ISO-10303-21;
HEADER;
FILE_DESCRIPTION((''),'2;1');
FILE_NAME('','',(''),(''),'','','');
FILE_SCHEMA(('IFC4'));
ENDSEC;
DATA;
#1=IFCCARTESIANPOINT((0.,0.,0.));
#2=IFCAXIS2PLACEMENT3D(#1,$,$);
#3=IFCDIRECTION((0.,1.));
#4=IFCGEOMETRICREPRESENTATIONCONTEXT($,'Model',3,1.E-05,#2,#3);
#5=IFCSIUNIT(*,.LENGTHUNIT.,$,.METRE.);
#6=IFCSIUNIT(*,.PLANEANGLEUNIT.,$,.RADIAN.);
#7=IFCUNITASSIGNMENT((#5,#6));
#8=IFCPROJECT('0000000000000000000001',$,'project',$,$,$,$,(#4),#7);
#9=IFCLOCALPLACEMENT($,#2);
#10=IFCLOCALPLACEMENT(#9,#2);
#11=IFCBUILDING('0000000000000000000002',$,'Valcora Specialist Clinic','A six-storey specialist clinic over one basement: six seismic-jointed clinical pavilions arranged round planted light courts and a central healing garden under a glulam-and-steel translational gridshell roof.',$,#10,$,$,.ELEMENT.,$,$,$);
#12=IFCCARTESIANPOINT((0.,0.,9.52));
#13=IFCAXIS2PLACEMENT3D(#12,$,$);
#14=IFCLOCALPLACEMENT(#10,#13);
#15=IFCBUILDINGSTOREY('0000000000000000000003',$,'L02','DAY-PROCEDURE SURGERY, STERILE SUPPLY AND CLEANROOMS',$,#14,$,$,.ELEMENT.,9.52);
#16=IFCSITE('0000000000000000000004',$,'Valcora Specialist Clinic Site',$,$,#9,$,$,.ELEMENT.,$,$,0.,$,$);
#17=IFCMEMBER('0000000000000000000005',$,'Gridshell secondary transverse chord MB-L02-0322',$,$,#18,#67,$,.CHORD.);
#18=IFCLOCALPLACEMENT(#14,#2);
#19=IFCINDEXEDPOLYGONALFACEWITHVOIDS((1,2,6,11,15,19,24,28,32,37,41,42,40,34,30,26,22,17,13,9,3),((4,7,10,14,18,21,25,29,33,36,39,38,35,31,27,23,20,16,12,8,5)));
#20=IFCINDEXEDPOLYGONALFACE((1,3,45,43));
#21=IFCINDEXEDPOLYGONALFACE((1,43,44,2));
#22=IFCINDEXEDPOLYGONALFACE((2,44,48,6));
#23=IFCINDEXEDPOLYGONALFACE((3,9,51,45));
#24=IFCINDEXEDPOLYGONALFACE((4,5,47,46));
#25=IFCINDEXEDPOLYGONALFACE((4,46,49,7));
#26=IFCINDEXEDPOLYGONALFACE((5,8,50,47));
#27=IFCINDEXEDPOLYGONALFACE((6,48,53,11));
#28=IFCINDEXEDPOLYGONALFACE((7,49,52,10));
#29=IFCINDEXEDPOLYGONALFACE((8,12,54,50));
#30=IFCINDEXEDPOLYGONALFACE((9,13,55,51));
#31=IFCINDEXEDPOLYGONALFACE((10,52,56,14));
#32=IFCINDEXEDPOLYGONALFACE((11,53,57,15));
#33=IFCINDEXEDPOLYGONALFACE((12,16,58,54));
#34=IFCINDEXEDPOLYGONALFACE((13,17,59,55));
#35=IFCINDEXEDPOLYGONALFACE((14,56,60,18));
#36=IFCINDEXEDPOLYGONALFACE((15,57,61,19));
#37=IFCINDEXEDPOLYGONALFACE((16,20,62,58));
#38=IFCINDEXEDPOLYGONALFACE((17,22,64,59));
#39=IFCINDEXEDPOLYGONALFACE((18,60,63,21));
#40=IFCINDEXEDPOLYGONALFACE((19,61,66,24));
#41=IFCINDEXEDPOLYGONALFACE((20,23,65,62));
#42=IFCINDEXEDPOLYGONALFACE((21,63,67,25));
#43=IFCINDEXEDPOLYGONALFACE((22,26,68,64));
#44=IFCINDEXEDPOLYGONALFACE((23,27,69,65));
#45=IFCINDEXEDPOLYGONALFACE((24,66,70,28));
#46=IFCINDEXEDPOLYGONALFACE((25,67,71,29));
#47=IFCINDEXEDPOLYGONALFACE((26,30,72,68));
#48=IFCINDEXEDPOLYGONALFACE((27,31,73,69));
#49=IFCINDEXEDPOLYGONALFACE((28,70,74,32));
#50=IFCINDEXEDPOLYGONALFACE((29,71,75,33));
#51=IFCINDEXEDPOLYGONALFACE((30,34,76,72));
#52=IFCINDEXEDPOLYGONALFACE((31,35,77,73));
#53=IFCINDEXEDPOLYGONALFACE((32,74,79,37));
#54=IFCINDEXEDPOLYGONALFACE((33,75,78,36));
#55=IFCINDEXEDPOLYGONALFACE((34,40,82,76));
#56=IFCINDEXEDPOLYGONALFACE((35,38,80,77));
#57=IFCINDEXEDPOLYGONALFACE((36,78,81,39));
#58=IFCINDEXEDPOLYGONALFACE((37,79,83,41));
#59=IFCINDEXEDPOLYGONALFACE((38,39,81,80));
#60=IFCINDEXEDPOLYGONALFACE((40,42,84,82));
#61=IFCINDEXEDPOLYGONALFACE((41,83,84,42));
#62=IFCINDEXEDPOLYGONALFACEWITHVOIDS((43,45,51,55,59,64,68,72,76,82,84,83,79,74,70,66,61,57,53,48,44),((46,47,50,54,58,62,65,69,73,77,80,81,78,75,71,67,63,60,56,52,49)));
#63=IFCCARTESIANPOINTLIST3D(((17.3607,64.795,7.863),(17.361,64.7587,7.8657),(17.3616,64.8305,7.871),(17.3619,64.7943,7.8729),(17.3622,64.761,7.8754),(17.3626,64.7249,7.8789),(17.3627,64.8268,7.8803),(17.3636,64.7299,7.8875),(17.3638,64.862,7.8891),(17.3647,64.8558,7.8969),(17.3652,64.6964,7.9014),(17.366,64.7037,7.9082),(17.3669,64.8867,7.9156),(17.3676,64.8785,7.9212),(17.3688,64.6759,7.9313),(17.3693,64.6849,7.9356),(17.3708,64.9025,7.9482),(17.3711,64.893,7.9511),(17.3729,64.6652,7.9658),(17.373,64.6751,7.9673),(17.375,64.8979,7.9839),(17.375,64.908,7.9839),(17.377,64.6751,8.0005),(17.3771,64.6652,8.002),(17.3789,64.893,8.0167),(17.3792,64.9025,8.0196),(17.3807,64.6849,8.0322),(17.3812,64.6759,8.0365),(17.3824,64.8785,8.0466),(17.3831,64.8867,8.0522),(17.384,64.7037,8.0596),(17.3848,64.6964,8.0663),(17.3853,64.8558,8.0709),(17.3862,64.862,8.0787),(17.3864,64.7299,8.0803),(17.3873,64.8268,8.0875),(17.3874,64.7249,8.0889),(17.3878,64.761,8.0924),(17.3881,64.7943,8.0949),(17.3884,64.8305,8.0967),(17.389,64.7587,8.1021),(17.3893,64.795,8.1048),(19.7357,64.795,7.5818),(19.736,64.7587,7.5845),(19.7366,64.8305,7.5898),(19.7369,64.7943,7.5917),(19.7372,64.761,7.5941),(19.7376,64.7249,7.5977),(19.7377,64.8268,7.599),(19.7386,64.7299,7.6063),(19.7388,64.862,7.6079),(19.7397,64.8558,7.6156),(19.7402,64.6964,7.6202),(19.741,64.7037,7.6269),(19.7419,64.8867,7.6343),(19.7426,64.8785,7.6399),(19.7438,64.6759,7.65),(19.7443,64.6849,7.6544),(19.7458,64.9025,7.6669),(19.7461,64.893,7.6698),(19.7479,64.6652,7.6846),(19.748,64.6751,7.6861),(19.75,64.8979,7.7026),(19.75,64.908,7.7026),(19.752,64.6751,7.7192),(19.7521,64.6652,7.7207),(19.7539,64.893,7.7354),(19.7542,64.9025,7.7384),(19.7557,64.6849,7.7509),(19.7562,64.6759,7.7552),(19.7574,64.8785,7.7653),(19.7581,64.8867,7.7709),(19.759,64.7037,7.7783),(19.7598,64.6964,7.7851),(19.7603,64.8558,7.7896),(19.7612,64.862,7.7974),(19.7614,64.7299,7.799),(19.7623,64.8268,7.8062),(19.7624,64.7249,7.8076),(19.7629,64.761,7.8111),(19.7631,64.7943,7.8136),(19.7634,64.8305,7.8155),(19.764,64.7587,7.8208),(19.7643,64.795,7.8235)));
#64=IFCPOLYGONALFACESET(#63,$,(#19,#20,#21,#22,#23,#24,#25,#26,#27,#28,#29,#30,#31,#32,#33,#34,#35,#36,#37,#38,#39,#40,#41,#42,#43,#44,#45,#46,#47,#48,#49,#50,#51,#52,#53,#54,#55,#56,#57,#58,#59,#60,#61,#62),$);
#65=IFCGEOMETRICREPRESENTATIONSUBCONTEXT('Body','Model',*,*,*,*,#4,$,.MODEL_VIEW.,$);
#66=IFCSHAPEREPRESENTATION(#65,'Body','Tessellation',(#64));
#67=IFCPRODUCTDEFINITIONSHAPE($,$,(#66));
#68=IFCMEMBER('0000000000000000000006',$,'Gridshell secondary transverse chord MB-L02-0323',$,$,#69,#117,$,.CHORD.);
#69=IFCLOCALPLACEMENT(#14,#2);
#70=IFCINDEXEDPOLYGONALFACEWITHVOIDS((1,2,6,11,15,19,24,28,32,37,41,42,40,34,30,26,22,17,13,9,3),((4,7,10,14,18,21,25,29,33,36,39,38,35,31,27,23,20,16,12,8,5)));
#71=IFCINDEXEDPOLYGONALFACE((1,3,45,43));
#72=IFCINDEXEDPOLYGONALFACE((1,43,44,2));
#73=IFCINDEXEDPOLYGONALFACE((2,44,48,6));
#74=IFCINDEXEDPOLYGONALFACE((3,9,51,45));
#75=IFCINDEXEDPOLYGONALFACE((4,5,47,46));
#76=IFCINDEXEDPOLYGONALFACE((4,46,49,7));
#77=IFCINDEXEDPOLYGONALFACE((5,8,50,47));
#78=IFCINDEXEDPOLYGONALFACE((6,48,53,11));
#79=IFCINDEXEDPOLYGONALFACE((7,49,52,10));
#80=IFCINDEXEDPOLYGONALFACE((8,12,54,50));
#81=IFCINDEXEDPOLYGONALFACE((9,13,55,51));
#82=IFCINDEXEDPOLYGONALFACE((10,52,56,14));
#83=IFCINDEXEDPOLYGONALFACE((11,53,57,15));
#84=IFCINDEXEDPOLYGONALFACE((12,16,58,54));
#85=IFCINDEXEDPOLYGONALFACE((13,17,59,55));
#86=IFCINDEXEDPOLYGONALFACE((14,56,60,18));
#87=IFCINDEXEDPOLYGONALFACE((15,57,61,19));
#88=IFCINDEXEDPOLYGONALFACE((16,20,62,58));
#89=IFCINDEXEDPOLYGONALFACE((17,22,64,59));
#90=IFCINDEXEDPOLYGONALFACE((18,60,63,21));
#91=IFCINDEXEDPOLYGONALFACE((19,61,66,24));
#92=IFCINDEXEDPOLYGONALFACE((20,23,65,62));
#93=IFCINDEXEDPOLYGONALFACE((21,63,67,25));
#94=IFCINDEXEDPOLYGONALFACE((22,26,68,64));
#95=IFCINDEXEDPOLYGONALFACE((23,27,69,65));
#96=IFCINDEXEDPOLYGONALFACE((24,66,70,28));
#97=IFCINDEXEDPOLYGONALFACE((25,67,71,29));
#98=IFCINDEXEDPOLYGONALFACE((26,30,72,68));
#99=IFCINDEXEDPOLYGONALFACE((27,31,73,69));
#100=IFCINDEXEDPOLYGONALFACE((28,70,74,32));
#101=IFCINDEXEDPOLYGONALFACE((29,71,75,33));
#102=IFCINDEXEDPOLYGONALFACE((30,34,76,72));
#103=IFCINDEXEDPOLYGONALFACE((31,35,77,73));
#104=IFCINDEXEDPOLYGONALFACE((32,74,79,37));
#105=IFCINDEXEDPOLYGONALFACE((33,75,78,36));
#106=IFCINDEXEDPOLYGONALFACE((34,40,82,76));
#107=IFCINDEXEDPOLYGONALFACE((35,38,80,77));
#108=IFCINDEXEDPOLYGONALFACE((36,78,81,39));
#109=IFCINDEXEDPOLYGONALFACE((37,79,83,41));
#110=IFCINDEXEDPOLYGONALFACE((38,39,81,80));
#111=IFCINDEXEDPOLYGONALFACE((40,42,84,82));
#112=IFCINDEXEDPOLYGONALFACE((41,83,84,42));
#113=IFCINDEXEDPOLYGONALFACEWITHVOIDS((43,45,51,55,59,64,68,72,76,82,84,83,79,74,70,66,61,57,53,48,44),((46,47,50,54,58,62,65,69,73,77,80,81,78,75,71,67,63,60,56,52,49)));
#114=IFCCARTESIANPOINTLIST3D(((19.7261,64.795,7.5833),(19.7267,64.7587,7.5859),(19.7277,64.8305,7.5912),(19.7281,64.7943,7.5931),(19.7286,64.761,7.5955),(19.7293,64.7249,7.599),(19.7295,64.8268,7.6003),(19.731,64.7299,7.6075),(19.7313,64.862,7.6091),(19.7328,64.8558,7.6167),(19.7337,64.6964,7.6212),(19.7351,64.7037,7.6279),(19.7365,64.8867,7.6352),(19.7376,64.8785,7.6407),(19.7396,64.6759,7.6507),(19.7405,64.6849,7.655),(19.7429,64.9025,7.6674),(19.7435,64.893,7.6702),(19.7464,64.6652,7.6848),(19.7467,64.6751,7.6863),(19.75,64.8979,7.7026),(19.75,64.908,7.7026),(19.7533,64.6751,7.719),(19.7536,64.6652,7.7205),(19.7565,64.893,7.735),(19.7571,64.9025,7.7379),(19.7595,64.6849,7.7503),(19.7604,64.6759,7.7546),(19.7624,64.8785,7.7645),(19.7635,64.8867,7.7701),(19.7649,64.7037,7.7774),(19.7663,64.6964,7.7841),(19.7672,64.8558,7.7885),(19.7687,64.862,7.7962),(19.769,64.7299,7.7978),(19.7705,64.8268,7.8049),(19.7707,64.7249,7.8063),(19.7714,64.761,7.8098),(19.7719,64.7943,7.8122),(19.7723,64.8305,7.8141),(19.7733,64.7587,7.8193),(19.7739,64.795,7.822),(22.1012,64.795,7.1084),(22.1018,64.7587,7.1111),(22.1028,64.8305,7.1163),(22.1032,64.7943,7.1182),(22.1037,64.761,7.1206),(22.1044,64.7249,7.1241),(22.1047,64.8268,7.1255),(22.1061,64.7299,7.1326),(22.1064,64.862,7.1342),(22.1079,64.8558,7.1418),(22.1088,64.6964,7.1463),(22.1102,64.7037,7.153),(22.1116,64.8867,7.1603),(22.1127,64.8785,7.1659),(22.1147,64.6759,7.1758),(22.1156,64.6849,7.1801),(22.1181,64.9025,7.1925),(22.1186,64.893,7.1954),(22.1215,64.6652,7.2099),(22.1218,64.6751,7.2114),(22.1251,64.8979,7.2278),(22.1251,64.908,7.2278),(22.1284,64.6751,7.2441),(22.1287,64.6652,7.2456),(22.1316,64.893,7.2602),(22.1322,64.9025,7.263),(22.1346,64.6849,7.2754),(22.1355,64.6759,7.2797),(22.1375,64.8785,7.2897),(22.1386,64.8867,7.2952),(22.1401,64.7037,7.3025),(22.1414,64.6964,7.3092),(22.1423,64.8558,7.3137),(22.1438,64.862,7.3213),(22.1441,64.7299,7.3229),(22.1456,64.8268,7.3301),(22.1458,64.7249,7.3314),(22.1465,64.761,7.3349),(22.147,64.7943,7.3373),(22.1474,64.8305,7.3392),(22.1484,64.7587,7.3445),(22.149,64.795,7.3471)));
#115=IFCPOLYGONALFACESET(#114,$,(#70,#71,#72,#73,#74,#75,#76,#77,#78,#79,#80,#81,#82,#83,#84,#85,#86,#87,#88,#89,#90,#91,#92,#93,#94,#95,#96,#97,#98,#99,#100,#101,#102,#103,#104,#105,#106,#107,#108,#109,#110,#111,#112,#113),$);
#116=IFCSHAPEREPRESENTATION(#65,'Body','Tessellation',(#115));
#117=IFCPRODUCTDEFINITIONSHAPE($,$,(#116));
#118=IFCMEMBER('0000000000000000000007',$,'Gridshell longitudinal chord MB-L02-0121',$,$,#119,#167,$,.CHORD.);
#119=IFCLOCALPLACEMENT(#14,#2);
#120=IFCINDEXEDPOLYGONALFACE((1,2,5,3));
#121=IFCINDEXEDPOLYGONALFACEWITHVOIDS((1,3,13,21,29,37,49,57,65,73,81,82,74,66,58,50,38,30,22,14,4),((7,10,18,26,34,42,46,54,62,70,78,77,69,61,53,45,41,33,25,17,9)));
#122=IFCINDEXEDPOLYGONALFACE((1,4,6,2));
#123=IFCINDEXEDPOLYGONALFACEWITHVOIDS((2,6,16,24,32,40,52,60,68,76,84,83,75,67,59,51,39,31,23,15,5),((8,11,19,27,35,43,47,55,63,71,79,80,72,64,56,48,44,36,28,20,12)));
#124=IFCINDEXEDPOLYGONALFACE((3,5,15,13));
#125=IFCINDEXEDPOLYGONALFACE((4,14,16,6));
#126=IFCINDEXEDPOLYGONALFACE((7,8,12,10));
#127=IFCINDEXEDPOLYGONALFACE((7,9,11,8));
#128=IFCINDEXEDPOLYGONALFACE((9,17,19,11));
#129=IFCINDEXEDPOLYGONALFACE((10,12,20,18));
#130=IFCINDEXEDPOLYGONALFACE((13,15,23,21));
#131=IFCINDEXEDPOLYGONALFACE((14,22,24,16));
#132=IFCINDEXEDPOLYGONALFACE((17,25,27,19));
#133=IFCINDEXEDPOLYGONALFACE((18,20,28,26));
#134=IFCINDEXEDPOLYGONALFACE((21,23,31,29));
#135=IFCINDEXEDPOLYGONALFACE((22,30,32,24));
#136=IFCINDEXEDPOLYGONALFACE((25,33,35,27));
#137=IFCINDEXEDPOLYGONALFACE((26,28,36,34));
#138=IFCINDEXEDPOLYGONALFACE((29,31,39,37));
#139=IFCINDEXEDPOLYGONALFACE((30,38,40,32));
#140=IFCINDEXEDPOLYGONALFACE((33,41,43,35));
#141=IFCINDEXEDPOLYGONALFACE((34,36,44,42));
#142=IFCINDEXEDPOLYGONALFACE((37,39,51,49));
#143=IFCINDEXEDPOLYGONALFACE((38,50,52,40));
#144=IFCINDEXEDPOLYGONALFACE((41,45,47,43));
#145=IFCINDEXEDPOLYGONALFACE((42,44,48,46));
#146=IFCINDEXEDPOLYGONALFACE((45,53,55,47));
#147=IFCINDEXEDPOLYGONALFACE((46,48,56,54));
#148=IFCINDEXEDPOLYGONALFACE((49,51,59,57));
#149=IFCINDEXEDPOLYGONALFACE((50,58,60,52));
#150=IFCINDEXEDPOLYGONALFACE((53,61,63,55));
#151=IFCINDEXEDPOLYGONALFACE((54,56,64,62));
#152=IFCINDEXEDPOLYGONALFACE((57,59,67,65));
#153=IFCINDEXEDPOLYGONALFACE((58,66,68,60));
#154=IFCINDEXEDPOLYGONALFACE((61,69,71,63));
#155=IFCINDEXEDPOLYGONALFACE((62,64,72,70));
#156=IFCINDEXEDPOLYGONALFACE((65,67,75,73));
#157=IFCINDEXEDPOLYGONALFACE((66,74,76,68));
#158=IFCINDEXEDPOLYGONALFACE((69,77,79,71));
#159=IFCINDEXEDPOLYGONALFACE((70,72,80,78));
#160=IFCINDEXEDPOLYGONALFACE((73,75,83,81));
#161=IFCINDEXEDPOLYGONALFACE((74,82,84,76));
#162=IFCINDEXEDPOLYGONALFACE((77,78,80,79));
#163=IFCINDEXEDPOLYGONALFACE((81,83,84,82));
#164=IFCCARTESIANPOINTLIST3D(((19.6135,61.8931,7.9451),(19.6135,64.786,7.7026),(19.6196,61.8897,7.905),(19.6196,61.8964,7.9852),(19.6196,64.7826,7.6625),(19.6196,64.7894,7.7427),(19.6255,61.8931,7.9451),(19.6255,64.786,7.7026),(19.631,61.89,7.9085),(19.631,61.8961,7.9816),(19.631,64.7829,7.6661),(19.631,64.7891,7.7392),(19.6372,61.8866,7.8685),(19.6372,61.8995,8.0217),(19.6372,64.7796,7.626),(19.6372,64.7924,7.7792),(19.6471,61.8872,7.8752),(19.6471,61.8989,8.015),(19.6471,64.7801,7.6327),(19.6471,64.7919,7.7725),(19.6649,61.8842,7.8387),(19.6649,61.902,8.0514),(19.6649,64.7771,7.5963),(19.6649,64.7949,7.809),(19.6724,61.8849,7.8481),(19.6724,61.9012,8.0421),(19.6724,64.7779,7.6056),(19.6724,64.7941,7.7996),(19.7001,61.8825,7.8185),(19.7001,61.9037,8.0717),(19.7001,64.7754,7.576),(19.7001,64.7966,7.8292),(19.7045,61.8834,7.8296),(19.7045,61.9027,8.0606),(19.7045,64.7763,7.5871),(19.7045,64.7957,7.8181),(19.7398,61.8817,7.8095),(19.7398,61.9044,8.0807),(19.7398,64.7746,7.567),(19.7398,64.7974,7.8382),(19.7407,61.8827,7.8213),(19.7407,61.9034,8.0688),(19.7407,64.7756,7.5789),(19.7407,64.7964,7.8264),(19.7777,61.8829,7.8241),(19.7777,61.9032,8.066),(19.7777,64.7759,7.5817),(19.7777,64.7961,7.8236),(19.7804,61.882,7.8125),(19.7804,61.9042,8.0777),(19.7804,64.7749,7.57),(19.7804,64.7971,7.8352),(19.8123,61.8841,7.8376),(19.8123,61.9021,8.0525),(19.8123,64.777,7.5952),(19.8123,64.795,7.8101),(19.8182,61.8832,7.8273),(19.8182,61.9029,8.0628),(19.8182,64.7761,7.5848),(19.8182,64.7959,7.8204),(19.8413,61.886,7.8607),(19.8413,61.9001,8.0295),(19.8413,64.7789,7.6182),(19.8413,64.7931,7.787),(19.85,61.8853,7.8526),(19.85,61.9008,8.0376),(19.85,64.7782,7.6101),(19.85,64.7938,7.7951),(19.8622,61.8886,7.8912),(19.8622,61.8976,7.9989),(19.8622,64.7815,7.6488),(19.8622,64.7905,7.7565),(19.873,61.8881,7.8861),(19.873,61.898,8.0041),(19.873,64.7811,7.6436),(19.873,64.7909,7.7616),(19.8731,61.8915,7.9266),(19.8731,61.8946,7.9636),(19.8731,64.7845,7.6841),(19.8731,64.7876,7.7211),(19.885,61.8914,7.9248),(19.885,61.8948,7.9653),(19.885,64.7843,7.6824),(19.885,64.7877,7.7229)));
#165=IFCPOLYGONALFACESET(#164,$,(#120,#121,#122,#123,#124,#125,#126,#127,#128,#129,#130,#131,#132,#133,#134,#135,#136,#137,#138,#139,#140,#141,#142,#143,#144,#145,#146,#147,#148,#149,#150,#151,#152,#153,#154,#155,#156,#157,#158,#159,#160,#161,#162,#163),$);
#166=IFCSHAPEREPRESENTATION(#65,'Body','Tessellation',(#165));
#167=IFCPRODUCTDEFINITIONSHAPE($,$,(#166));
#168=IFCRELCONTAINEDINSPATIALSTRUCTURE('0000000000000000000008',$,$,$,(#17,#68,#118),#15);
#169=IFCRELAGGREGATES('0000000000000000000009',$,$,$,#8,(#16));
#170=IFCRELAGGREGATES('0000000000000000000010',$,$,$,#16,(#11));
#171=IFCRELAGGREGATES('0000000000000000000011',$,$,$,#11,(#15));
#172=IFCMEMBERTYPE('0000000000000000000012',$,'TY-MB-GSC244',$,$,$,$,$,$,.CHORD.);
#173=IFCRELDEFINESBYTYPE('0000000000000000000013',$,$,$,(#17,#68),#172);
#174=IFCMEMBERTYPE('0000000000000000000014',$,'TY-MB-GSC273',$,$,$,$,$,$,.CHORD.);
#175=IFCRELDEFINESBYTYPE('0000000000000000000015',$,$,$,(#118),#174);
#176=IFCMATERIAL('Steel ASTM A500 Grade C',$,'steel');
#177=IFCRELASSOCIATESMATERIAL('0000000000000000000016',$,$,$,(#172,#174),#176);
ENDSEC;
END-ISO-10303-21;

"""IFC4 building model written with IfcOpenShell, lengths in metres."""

from ifc_helpers import new_model, si_unit, direction, frame, origin, origin_2d, place, context, subcontext, project, spatial, hollow_circle, extrude, material, material_profile, profile_set, type_object, element, save


model = new_model("IFC4")

# Units and contexts
model_context = context("Model", 3, precision=1e-05, world=origin(), true_north=direction((0.0, 1.0)))
body_context = subcontext(model_context, "Body", "Model", "MODEL_VIEW")
ifc_project = project(units=[si_unit("LENGTHUNIT", "METRE"), si_unit("PLANEANGLEUNIT", "RADIAN")], contexts=[model_context])

# Site, building, storey
site_placement = place(None, origin())
site = spatial("IfcSite", under=ifc_project, at=site_placement, Name="Valcora Specialist Clinic Site", CompositionType="ELEMENT", RefElevation=0.0)
building_placement = place(site_placement, origin())
building = spatial("IfcBuilding", under=site, at=building_placement, Name="Valcora Specialist Clinic", Description="A six-storey specialist clinic over one basement: six seismic-jointed clinical pavilions arranged round planted light courts and a central healing garden under a glulam-and-steel translational gridshell roof.", CompositionType="ELEMENT")
storey_placement = place(building_placement, frame((0.0, 0.0, 9.52)))
storey = spatial("IfcBuildingStorey", under=building, at=storey_placement, Name="L02", Description="DAY-PROCEDURE SURGERY, STERILE SUPPLY AND CLEANROOMS", CompositionType="ELEMENT", Elevation=9.52)

# Members
ifc_material_1 = material(Name="Steel ASTM A500 Grade C", Category="steel")
ifc_material_profile_1 = material_profile(ifc_material_1, hollow_circle(Radius=0.1221, WallThickness=0.01, at=origin_2d()), Name="ST-CHS-244X10")
ifc_profile_set_1 = profile_set([ifc_material_profile_1], Name="Steel ASTM A500 Grade C")
member_type_1 = type_object("IfcMemberType", Name="TY-MB-GSC244", PredefinedType="CHORD", material=ifc_profile_set_1)
member_1_placement = place(storey_placement, frame((17.375, 64.7859, 7.9839), z_axis=(0.993061, 0.0, -0.117599), x_axis=(0.0, 1.0, 0.0)))
element("IfcMember", 1, at=member_1_placement, inside=storey, type_object=member_type_1, Name="Gridshell secondary transverse chord MB-L02-0322", PredefinedType="CHORD", context=body_context, shape_type="SweptSolid", body=[
    extrude(hollow_circle(Radius=0.1221, WallThickness=0.01, at=origin_2d()), origin(), (0.0, 0.0, 1.0), 2.3916),
])
member_2_placement = place(storey_placement, frame((19.75, 64.7859, 7.7026), z_axis=(0.980592, 0.0, -0.196058), x_axis=(0.0, 1.0, 0.0)))
element("IfcMember", 2, at=member_2_placement, inside=storey, type_object=member_type_1, Name="Gridshell secondary transverse chord MB-L02-0323", PredefinedType="CHORD", context=body_context, shape_type="SweptSolid", body=[
    extrude(hollow_circle(Radius=0.1221, WallThickness=0.01, at=origin_2d()), origin(), (0.0, 0.0, 1.0), 2.4221),
])
ifc_material_profile_2 = material_profile(ifc_material_1, hollow_circle(Radius=0.1365, WallThickness=0.012, at=origin_2d()), Name="ST-CHS-273X12")
ifc_profile_set_2 = profile_set([ifc_material_profile_2], Name="Steel ASTM A500 Grade C")
member_type_2 = type_object("IfcMemberType", Name="TY-MB-GSC273", PredefinedType="CHORD", material=ifc_profile_set_2)
member_3_placement = place(storey_placement, frame((19.75, 61.8931, 7.9451), z_axis=(0.0, 0.996507, -0.083512), x_axis=(-1.0, 0.0, 0.0)))
element("IfcMember", 3, at=member_3_placement, inside=storey, type_object=member_type_2, Name="Gridshell longitudinal chord MB-L02-0121", PredefinedType="CHORD", context=body_context, shape_type="SweptSolid", body=[
    extrude(hollow_circle(Radius=0.1365, WallThickness=0.012, at=origin_2d()), origin(), (0.0, 0.0, 1.0), 2.9031),
])

save(model, "model.ifc")
